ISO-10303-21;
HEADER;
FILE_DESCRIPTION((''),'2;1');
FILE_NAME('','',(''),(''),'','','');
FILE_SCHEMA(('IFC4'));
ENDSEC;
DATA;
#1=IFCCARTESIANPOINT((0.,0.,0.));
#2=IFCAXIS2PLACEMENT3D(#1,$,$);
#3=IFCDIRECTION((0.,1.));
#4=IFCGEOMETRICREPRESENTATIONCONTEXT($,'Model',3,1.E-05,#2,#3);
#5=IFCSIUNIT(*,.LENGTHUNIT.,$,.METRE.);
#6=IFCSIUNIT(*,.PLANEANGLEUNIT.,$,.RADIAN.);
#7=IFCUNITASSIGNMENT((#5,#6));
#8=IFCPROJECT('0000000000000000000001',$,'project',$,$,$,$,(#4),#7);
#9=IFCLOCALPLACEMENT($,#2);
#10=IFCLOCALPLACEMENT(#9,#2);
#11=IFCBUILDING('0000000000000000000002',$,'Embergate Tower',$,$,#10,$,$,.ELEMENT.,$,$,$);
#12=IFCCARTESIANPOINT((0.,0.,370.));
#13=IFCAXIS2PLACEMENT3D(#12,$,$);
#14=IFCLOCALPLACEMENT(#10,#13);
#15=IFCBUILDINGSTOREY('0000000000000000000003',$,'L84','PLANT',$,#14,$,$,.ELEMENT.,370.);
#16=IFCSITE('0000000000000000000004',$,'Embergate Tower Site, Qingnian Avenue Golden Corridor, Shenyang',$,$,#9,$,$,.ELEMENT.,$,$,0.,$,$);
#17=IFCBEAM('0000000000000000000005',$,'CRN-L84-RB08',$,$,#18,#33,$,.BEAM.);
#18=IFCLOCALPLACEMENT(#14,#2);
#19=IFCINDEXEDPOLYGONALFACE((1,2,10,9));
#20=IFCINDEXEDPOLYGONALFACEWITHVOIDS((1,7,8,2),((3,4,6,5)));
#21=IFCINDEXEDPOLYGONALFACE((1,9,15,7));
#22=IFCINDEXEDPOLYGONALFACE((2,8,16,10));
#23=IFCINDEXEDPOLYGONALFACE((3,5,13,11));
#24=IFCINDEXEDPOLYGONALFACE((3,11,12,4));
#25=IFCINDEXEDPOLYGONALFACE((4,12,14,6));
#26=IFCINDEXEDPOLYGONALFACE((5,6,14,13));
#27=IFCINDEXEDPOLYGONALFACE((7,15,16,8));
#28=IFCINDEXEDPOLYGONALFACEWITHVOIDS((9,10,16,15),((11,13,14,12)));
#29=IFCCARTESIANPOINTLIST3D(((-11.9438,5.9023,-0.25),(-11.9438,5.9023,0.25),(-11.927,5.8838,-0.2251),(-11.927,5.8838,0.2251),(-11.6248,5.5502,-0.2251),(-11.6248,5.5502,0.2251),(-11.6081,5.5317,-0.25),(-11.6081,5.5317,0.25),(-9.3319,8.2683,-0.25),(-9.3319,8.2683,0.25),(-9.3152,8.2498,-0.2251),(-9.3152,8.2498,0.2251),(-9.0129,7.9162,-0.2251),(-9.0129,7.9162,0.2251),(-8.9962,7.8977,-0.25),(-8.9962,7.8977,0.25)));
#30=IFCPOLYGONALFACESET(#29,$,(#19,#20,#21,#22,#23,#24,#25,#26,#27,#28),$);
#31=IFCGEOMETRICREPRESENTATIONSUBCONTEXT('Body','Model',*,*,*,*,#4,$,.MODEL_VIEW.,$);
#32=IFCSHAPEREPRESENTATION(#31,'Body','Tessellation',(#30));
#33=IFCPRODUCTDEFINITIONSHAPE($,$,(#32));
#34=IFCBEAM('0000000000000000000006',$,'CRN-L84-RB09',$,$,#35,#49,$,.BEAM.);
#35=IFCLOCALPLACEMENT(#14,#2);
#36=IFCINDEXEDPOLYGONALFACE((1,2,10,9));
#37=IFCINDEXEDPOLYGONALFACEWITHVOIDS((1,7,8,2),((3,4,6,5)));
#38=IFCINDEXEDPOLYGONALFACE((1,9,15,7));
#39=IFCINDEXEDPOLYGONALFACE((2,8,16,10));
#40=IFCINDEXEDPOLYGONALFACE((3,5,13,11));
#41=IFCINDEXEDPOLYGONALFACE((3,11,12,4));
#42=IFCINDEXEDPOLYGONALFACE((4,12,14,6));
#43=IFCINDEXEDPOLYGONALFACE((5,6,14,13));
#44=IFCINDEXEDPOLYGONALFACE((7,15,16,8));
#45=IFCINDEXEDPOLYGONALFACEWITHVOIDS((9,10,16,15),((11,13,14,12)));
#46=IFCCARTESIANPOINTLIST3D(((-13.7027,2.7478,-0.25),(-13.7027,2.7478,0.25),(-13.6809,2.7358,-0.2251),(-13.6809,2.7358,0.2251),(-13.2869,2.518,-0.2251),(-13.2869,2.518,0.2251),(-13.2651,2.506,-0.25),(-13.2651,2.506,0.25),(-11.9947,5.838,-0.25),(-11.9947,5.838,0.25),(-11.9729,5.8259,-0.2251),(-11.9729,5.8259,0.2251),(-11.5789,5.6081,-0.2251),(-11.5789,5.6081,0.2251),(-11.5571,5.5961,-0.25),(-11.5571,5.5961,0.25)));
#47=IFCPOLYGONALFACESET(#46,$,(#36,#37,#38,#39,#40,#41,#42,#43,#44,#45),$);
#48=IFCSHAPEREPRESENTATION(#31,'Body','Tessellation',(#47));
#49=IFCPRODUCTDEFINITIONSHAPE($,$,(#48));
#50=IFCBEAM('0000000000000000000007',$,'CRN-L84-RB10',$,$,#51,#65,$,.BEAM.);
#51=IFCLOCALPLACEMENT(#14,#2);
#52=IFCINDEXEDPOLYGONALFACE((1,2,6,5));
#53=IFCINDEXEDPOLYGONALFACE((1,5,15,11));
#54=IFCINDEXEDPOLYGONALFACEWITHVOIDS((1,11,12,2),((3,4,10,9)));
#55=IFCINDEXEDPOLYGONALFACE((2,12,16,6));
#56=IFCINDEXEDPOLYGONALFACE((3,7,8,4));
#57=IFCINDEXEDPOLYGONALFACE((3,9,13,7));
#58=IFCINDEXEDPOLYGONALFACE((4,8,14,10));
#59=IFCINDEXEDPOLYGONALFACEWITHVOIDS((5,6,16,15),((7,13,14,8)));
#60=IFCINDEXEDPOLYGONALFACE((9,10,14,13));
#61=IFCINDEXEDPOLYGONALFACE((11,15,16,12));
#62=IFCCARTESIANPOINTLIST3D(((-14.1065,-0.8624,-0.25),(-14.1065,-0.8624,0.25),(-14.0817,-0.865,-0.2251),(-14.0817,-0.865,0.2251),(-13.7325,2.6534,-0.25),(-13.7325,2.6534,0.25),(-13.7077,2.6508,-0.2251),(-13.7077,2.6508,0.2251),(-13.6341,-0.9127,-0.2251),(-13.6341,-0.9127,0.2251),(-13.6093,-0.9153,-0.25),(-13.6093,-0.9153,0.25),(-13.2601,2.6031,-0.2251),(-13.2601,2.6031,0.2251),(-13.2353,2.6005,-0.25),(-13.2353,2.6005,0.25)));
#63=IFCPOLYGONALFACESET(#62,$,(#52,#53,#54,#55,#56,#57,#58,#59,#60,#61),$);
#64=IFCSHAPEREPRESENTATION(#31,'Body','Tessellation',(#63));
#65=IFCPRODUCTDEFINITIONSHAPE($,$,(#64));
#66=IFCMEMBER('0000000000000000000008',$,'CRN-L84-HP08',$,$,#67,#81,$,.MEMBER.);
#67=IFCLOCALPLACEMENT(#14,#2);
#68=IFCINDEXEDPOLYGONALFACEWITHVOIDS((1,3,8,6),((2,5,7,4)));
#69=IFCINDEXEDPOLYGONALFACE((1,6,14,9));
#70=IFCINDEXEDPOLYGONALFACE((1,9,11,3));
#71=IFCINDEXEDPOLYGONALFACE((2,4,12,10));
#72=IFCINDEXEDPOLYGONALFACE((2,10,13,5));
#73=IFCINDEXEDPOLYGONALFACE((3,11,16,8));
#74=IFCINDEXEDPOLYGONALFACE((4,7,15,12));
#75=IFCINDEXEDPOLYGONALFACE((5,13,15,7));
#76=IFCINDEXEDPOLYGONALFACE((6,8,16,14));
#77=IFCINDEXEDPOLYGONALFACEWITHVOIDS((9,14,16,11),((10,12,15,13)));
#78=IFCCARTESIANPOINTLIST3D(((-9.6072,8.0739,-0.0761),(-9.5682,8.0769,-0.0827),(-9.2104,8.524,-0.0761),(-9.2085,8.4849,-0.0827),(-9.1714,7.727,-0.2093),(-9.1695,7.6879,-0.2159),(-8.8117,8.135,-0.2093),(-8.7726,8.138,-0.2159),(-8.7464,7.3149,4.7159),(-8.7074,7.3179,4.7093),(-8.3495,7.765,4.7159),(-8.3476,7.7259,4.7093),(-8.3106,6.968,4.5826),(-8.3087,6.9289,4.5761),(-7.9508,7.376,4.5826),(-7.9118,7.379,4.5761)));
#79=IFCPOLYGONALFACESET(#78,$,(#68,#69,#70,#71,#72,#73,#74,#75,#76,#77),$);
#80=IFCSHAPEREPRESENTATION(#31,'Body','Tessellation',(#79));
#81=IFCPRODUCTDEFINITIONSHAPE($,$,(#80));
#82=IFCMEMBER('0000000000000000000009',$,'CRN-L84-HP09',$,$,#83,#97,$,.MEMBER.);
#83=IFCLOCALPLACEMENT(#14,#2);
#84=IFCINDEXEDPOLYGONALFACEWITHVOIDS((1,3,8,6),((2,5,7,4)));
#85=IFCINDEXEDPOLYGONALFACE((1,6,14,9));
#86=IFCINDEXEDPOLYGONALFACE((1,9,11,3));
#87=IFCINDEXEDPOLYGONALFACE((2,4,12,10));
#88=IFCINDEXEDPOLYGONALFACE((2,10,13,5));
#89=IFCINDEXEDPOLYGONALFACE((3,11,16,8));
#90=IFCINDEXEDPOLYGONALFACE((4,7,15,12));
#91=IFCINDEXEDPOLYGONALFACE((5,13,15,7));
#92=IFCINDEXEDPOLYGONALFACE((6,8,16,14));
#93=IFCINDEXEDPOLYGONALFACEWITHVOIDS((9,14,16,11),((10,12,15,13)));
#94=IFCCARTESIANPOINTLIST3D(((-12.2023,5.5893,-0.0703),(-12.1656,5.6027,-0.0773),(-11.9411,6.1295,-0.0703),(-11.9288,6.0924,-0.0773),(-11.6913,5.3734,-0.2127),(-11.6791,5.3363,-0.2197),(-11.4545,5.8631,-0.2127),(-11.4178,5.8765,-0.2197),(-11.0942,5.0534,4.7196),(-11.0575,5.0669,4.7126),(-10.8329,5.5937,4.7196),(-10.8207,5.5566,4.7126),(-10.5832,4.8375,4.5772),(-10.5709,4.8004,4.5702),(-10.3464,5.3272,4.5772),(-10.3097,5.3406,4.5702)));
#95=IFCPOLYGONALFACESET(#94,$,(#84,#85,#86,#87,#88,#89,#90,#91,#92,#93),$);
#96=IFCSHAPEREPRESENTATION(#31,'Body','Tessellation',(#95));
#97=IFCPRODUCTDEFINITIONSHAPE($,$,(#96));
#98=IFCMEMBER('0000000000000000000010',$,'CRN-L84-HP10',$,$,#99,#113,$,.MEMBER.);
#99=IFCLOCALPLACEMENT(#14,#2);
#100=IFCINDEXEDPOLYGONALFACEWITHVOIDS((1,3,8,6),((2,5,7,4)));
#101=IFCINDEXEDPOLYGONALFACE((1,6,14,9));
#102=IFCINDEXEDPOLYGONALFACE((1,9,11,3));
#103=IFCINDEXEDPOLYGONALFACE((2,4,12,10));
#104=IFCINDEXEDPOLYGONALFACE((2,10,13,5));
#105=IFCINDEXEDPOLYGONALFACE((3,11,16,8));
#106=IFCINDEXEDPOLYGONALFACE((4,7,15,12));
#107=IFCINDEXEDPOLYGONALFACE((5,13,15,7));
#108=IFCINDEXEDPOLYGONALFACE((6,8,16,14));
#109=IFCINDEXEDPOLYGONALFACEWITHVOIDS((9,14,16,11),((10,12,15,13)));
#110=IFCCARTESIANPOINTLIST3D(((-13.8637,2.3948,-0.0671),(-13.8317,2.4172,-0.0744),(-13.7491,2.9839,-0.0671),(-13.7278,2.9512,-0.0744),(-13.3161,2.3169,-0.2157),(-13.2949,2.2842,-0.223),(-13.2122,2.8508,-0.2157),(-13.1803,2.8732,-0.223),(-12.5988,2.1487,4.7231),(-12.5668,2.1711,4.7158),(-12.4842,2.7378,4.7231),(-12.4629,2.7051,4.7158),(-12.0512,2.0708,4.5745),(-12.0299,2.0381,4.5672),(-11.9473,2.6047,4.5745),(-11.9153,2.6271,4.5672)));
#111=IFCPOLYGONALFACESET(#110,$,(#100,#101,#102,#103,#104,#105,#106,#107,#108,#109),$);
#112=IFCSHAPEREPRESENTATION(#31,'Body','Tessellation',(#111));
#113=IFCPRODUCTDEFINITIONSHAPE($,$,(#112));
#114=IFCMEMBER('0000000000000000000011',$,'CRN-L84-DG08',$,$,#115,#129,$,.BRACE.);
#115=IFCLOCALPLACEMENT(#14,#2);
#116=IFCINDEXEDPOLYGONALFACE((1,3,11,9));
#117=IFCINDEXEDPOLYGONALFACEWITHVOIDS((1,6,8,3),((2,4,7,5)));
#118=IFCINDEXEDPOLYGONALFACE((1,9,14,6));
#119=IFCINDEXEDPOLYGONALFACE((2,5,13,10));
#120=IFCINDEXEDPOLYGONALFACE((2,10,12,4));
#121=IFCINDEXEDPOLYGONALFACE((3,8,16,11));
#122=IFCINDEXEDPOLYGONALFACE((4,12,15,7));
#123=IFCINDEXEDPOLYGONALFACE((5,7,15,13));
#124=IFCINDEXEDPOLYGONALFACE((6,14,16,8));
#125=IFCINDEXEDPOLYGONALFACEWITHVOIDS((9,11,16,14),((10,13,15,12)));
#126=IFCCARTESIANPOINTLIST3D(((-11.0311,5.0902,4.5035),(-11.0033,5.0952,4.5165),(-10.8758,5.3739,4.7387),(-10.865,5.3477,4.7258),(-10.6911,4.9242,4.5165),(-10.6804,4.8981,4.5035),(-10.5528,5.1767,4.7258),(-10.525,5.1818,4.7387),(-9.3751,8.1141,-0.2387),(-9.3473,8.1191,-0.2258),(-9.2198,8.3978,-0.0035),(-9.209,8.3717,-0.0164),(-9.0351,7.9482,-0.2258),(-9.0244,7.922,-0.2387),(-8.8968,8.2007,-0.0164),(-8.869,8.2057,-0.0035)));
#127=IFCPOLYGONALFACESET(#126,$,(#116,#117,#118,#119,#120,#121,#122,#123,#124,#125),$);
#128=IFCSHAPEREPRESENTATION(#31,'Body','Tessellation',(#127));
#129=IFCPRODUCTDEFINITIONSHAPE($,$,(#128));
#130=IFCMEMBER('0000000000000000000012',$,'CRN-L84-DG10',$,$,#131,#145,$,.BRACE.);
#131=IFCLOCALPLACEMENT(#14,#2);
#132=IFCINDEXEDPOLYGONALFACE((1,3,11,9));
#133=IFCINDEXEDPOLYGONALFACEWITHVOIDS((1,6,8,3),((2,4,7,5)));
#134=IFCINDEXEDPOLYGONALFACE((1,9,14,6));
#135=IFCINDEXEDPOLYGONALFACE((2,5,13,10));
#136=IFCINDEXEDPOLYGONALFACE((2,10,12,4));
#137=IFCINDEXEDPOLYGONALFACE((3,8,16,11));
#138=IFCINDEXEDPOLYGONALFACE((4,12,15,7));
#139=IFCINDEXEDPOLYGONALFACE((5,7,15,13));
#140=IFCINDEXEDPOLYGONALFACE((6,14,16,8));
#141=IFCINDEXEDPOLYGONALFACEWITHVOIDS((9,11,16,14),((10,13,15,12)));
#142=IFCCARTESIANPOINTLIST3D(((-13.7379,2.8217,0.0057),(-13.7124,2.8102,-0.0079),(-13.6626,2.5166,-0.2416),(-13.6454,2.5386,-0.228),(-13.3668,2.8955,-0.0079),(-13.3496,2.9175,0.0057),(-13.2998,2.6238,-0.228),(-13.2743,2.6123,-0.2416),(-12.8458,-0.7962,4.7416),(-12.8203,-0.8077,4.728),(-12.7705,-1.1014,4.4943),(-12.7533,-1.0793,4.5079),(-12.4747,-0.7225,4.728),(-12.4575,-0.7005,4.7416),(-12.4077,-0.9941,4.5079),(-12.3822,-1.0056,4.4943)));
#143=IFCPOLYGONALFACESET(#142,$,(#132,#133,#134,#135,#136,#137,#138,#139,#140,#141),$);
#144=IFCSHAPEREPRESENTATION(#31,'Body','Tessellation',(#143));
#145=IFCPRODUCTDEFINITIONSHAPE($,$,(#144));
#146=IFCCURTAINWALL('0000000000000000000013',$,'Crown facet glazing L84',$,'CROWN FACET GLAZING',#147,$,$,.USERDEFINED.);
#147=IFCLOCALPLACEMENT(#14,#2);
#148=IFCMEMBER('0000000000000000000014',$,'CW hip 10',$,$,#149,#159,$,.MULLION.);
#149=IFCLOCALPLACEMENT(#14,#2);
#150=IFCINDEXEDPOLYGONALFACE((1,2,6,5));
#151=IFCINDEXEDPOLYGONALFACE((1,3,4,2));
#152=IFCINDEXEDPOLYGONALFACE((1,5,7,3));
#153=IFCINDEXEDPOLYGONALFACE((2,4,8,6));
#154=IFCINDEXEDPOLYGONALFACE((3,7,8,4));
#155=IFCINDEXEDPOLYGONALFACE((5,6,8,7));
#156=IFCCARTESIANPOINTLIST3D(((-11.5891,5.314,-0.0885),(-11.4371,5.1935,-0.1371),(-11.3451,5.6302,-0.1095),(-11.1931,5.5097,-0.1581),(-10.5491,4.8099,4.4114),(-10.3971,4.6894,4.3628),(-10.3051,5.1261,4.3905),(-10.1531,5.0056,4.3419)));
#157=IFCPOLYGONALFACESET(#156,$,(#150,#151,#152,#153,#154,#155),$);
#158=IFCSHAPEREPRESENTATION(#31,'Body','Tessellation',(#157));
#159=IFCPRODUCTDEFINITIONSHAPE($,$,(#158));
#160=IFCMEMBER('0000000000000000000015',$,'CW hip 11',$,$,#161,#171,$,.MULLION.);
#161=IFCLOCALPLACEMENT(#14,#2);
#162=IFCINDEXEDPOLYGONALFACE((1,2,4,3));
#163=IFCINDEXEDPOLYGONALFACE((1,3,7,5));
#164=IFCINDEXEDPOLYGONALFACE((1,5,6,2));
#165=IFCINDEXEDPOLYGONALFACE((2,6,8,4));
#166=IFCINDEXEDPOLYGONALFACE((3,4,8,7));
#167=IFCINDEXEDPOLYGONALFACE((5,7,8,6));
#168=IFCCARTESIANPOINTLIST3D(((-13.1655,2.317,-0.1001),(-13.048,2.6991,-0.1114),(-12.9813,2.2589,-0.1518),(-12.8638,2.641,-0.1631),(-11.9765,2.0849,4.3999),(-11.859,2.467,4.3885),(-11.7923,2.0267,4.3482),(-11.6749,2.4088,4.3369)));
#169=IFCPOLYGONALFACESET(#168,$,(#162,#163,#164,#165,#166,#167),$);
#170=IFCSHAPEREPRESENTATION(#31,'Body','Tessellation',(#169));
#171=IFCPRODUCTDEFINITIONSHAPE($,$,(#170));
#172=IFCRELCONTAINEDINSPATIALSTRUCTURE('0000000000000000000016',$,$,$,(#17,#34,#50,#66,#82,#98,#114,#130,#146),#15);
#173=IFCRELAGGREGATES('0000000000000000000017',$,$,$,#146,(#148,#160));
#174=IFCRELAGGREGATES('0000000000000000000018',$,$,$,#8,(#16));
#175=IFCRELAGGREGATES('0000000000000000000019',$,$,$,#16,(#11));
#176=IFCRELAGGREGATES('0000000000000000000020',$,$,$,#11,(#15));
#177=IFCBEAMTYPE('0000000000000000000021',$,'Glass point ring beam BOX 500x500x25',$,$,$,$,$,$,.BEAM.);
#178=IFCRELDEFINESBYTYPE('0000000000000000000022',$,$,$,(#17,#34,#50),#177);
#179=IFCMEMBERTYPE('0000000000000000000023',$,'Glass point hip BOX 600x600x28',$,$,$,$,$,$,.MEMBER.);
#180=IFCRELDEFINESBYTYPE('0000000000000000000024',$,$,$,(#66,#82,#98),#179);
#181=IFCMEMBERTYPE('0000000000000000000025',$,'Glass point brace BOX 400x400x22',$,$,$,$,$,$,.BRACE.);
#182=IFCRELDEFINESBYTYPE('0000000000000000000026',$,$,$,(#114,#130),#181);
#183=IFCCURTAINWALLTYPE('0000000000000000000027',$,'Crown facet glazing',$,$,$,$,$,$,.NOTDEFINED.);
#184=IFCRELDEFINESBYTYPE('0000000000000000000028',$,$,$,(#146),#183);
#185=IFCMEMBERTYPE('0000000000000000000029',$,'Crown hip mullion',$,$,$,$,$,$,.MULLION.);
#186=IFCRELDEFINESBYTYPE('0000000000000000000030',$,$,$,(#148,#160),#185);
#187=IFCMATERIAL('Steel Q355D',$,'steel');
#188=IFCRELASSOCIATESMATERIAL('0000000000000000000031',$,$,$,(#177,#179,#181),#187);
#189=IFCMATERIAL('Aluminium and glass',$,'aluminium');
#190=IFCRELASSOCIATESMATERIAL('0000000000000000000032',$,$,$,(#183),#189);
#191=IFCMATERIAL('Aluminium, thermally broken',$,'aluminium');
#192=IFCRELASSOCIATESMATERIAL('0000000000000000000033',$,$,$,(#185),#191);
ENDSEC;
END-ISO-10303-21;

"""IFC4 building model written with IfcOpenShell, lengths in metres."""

from ifc_helpers import new_model, si_unit, direction, frame, origin, origin_2d, place, context, subcontext, project, spatial, rectangle, hollow_rectangle, extrude, source, transform, mapped, material, material_profile, profile_set, type_object, element, aggregate, save


model = new_model("IFC4")

# Units and contexts
model_context = context("Model", 3, precision=1e-05, world=origin(), true_north=direction((0.0, 1.0)))
body_context = subcontext(model_context, "Body", "Model", "MODEL_VIEW")
ifc_project = project(units=[si_unit("LENGTHUNIT", "METRE"), si_unit("PLANEANGLEUNIT", "RADIAN")], contexts=[model_context])

# Site, building, storey
site_placement = place(None, origin())
site = spatial("IfcSite", under=ifc_project, at=site_placement, Name="Embergate Tower Site, Qingnian Avenue Golden Corridor, Shenyang", CompositionType="ELEMENT", RefElevation=0.0)
building_placement = place(site_placement, origin())
building = spatial("IfcBuilding", under=site, at=building_placement, Name="Embergate Tower", CompositionType="ELEMENT")
storey_placement = place(building_placement, frame((0.0, 0.0, 370.0)))
storey = spatial("IfcBuildingStorey", under=building, at=storey_placement, Name="L84", Description="PLANT", CompositionType="ELEMENT", Elevation=370.0)

# Beams
ifc_material_1 = material(Name="Steel Q355D", Category="steel")
ifc_material_profile_1 = material_profile(ifc_material_1, hollow_rectangle(XDim=0.5, YDim=0.5, WallThickness=0.0249, at=origin_2d()), Name="BOX 500x500x25")
ifc_profile_set_1 = profile_set([ifc_material_profile_1], Name="Steel Q355 grade D")
beam_type = type_object("IfcBeamType", Name="Glass point ring beam BOX 500x500x25", PredefinedType="BEAM", material=ifc_profile_set_1)
shared_shape_1 = source(origin(), body_context, "Body", "SweptSolid", [
    extrude(hollow_rectangle(XDim=0.5, YDim=0.5, WallThickness=0.0249, at=origin_2d()), origin(), (0.0, 0.0, 1.0), 3.5242),
])
beam_1_placement = place(storey_placement, frame((-9.1641, 8.083, 0.0), z_axis=(-0.741127, -0.671365, 0.0), x_axis=(0.671365, -0.741127, 0.0)))
element("IfcBeam", 1, at=beam_1_placement, inside=storey, type_object=beam_type, Name="CRN-L84-RB08", PredefinedType="BEAM", context=body_context, shape_type="MappedRepresentation", body=[
    mapped(shared_shape_1, transform((0.0, 0.0, 0.0))),
])
shared_shape_2 = source(origin(), body_context, "Body", "SweptSolid", [
    extrude(hollow_rectangle(XDim=0.5, YDim=0.5, WallThickness=0.0249, at=origin_2d()), origin(), (0.0, 0.0, 1.0), 3.5308),
])
beam_2_placement = place(storey_placement, frame((-11.7759, 5.717, 0.0), z_axis=(-0.483757, -0.875202, 0.0), x_axis=(0.875202, -0.483757, 0.0)))
element("IfcBeam", 2, at=beam_2_placement, inside=storey, type_object=beam_type, Name="CRN-L84-RB09", PredefinedType="BEAM", context=body_context, shape_type="MappedRepresentation", body=[
    mapped(shared_shape_2, transform((0.0, 0.0, 0.0))),
])
shared_shape_3 = source(origin(), body_context, "Body", "SweptSolid", [
    extrude(hollow_rectangle(XDim=0.5, YDim=0.5, WallThickness=0.0249, at=origin_2d()), origin(), (0.0, 0.0, 1.0), 3.5356),
])
beam_3_placement = place(storey_placement, frame((-13.4839, 2.627, 0.0), z_axis=(-0.105785, -0.994389, 0.0), x_axis=(0.994389, -0.105785, 0.0)))
element("IfcBeam", 3, at=beam_3_placement, inside=storey, type_object=beam_type, Name="CRN-L84-RB10", PredefinedType="BEAM", context=body_context, shape_type="MappedRepresentation", body=[
    mapped(shared_shape_3, transform((0.0, 0.0, 0.0))),
])

# Members
ifc_material_profile_2 = material_profile(ifc_material_1, hollow_rectangle(XDim=0.6001, YDim=0.6001, WallThickness=0.0281, at=origin_2d()), Name="BOX 600x600x28")
ifc_profile_set_2 = profile_set([ifc_material_profile_2], Name="Steel Q355 grade D")
member_type_1 = type_object("IfcMemberType", Name="Glass point hip BOX 600x600x28", PredefinedType="MEMBER", material=ifc_profile_set_2)
shared_shape_4 = source(origin(), body_context, "Body", "SweptSolid", [
    extrude(hollow_rectangle(XDim=0.6001, YDim=0.6001, WallThickness=0.0281, at=origin_2d()), origin(), (0.0, 0.0, 1.0), 4.9275),
])
member_1_placement = place(storey_placement, frame((-9.1899, 8.106, -0.146), z_axis=(0.174701, -0.15404, 0.972497), x_axis=(0.661361, 0.750068, 0.0)))
element("IfcMember", 4, at=member_1_placement, inside=storey, type_object=member_type_1, Name="CRN-L84-HP08", PredefinedType="MEMBER", context=body_context, shape_type="MappedRepresentation", body=[
    mapped(shared_shape_4, transform((0.0, 0.0, 0.0))),
])
shared_shape_5 = source(origin(), body_context, "Body", "SweptSolid", [
    extrude(hollow_rectangle(XDim=0.6001, YDim=0.6001, WallThickness=0.0281, at=origin_2d()), origin(), (0.0, 0.0, 1.0), 4.9456),
])
member_2_placement = place(storey_placement, frame((-11.8101, 5.7329, -0.145), z_axis=(0.224066, -0.108355, 0.968532), x_axis=(0.435354, 0.90026, 0.0)))
element("IfcMember", 5, at=member_2_placement, inside=storey, type_object=member_type_1, Name="CRN-L84-HP09", PredefinedType="MEMBER", context=body_context, shape_type="MappedRepresentation", body=[
    mapped(shared_shape_5, transform((0.0, 0.0, 0.0))),
])
shared_shape_6 = source(origin(), body_context, "Body", "SweptSolid", [
    extrude(hollow_rectangle(XDim=0.6001, YDim=0.6001, WallThickness=0.0281, at=origin_2d()), origin(), (0.0, 0.0, 1.0), 4.9604),
])
member_3_placement = place(storey_placement, frame((-13.522, 2.634, -0.145), z_axis=(0.255001, -0.049612, 0.965667), x_axis=(0.190976, 0.981595, 0.0)))
element("IfcMember", 6, at=member_3_placement, inside=storey, type_object=member_type_1, Name="CRN-L84-HP10", PredefinedType="MEMBER", context=body_context, shape_type="MappedRepresentation", body=[
    mapped(shared_shape_6, transform((0.0, 0.0, 0.0))),
])
ifc_material_profile_3 = material_profile(ifc_material_1, hollow_rectangle(XDim=0.3999, YDim=0.3999, WallThickness=0.022, at=origin_2d()), Name="BOX 400x400x22")
ifc_profile_set_3 = profile_set([ifc_material_profile_3], Name="Steel Q355 grade D")
member_type_2 = type_object("IfcMemberType", Name="Glass point brace BOX 400x400x22", PredefinedType="BRACE", material=ifc_profile_set_3)
shared_shape_7 = source(origin(), body_context, "Body", "SweptSolid", [
    extrude(hollow_rectangle(XDim=0.3999, YDim=0.3999, WallThickness=0.022, at=origin_2d()), origin(), (0.0, 0.0, 1.0), 5.863),
])
member_4_placement = place(storey_placement, frame((-9.1221, 8.1599, -0.1211), z_axis=(-0.28245, -0.515764, 0.808832), x_axis=(0.877091, -0.480325, 0.0)))
element("IfcMember", 7, at=member_4_placement, inside=storey, type_object=member_type_2, Name="CRN-L84-DG08", PredefinedType="BRACE", context=body_context, shape_type="MappedRepresentation", body=[
    mapped(shared_shape_7, transform((0.0, 0.0, 0.0))),
])
shared_shape_8 = source(origin(), body_context, "Body", "SweptSolid", [
    extrude(hollow_rectangle(XDim=0.3999, YDim=0.3999, WallThickness=0.022, at=origin_2d()), origin(), (0.0, 0.0, 1.0), 6.0261),
])
member_5_placement = place(storey_placement, frame((-13.5061, 2.717, -0.1179), z_axis=(0.148039, -0.600379, 0.785894), x_axis=(0.97092, 0.239405, 0.0)))
element("IfcMember", 8, at=member_5_placement, inside=storey, type_object=member_type_2, Name="CRN-L84-DG10", PredefinedType="BRACE", context=body_context, shape_type="MappedRepresentation", body=[
    mapped(shared_shape_8, transform((0.0, 0.0, 0.0))),
])

# Curtain wall, members
ifc_material_2 = material(Name="Aluminium and glass", Category="aluminium")
curtain_wall_type = type_object("IfcCurtainWallType", Name="Crown facet glazing", PredefinedType="NOTDEFINED", material=ifc_material_2)
curtain_wall_placement = place(storey_placement, origin())
curtain_wall = element("IfcCurtainWall", 9, at=curtain_wall_placement, inside=storey, type_object=curtain_wall_type, Name="Crown facet glazing L84", ObjectType="CROWN FACET GLAZING", PredefinedType="USERDEFINED")
ifc_material_3 = material(Name="Aluminium, thermally broken", Category="aluminium")
ifc_material_profile_4 = material_profile(ifc_material_3, rectangle(XDim=0.2, YDim=0.3999, at=origin_2d()), Name="AL 400x200")
ifc_profile_set_4 = profile_set([ifc_material_profile_4], Name="Aluminium, thermally broken")
member_type_3 = type_object("IfcMemberType", Name="Crown hip mullion", PredefinedType="MULLION", material=ifc_profile_set_4)
shared_shape_9 = source(origin(), body_context, "Body", "SweptSolid", [
    extrude(rectangle(XDim=0.2, YDim=0.3999, at=origin_2d()), origin(), (0.0, 0.0, 1.0), 4.646),
])
member_6_placement = place(storey_placement, frame((-11.3911, 5.4119, -0.1233), z_axis=(0.223854, -0.108511, 0.968563), x_axis=(-0.760096, 0.602591, 0.243184)))
member_6 = element("IfcMember", 10, at=member_6_placement, type_object=member_type_3, Name="CW hip 10", PredefinedType="MULLION", context=body_context, shape_type="MappedRepresentation", body=[
    mapped(shared_shape_9, transform((0.0, 0.0, 0.0))),
])
shared_shape_10 = source(origin(), body_context, "Body", "SweptSolid", [
    extrude(rectangle(XDim=0.2, YDim=0.3999, at=origin_2d()), origin(), (0.0, 0.0, 1.0), 4.6602),
])
member_7_placement = place(storey_placement, frame((-13.0146, 2.479, -0.1316), z_axis=(0.255131, -0.049821, 0.965622), x_axis=(-0.92119, 0.290924, 0.258402)))
member_7 = element("IfcMember", 11, at=member_7_placement, type_object=member_type_3, Name="CW hip 11", PredefinedType="MULLION", context=body_context, shape_type="MappedRepresentation", body=[
    mapped(shared_shape_10, transform((0.0, 0.0, 0.0))),
])
aggregate(curtain_wall, [member_6, member_7])

save(model, "model.ifc")
